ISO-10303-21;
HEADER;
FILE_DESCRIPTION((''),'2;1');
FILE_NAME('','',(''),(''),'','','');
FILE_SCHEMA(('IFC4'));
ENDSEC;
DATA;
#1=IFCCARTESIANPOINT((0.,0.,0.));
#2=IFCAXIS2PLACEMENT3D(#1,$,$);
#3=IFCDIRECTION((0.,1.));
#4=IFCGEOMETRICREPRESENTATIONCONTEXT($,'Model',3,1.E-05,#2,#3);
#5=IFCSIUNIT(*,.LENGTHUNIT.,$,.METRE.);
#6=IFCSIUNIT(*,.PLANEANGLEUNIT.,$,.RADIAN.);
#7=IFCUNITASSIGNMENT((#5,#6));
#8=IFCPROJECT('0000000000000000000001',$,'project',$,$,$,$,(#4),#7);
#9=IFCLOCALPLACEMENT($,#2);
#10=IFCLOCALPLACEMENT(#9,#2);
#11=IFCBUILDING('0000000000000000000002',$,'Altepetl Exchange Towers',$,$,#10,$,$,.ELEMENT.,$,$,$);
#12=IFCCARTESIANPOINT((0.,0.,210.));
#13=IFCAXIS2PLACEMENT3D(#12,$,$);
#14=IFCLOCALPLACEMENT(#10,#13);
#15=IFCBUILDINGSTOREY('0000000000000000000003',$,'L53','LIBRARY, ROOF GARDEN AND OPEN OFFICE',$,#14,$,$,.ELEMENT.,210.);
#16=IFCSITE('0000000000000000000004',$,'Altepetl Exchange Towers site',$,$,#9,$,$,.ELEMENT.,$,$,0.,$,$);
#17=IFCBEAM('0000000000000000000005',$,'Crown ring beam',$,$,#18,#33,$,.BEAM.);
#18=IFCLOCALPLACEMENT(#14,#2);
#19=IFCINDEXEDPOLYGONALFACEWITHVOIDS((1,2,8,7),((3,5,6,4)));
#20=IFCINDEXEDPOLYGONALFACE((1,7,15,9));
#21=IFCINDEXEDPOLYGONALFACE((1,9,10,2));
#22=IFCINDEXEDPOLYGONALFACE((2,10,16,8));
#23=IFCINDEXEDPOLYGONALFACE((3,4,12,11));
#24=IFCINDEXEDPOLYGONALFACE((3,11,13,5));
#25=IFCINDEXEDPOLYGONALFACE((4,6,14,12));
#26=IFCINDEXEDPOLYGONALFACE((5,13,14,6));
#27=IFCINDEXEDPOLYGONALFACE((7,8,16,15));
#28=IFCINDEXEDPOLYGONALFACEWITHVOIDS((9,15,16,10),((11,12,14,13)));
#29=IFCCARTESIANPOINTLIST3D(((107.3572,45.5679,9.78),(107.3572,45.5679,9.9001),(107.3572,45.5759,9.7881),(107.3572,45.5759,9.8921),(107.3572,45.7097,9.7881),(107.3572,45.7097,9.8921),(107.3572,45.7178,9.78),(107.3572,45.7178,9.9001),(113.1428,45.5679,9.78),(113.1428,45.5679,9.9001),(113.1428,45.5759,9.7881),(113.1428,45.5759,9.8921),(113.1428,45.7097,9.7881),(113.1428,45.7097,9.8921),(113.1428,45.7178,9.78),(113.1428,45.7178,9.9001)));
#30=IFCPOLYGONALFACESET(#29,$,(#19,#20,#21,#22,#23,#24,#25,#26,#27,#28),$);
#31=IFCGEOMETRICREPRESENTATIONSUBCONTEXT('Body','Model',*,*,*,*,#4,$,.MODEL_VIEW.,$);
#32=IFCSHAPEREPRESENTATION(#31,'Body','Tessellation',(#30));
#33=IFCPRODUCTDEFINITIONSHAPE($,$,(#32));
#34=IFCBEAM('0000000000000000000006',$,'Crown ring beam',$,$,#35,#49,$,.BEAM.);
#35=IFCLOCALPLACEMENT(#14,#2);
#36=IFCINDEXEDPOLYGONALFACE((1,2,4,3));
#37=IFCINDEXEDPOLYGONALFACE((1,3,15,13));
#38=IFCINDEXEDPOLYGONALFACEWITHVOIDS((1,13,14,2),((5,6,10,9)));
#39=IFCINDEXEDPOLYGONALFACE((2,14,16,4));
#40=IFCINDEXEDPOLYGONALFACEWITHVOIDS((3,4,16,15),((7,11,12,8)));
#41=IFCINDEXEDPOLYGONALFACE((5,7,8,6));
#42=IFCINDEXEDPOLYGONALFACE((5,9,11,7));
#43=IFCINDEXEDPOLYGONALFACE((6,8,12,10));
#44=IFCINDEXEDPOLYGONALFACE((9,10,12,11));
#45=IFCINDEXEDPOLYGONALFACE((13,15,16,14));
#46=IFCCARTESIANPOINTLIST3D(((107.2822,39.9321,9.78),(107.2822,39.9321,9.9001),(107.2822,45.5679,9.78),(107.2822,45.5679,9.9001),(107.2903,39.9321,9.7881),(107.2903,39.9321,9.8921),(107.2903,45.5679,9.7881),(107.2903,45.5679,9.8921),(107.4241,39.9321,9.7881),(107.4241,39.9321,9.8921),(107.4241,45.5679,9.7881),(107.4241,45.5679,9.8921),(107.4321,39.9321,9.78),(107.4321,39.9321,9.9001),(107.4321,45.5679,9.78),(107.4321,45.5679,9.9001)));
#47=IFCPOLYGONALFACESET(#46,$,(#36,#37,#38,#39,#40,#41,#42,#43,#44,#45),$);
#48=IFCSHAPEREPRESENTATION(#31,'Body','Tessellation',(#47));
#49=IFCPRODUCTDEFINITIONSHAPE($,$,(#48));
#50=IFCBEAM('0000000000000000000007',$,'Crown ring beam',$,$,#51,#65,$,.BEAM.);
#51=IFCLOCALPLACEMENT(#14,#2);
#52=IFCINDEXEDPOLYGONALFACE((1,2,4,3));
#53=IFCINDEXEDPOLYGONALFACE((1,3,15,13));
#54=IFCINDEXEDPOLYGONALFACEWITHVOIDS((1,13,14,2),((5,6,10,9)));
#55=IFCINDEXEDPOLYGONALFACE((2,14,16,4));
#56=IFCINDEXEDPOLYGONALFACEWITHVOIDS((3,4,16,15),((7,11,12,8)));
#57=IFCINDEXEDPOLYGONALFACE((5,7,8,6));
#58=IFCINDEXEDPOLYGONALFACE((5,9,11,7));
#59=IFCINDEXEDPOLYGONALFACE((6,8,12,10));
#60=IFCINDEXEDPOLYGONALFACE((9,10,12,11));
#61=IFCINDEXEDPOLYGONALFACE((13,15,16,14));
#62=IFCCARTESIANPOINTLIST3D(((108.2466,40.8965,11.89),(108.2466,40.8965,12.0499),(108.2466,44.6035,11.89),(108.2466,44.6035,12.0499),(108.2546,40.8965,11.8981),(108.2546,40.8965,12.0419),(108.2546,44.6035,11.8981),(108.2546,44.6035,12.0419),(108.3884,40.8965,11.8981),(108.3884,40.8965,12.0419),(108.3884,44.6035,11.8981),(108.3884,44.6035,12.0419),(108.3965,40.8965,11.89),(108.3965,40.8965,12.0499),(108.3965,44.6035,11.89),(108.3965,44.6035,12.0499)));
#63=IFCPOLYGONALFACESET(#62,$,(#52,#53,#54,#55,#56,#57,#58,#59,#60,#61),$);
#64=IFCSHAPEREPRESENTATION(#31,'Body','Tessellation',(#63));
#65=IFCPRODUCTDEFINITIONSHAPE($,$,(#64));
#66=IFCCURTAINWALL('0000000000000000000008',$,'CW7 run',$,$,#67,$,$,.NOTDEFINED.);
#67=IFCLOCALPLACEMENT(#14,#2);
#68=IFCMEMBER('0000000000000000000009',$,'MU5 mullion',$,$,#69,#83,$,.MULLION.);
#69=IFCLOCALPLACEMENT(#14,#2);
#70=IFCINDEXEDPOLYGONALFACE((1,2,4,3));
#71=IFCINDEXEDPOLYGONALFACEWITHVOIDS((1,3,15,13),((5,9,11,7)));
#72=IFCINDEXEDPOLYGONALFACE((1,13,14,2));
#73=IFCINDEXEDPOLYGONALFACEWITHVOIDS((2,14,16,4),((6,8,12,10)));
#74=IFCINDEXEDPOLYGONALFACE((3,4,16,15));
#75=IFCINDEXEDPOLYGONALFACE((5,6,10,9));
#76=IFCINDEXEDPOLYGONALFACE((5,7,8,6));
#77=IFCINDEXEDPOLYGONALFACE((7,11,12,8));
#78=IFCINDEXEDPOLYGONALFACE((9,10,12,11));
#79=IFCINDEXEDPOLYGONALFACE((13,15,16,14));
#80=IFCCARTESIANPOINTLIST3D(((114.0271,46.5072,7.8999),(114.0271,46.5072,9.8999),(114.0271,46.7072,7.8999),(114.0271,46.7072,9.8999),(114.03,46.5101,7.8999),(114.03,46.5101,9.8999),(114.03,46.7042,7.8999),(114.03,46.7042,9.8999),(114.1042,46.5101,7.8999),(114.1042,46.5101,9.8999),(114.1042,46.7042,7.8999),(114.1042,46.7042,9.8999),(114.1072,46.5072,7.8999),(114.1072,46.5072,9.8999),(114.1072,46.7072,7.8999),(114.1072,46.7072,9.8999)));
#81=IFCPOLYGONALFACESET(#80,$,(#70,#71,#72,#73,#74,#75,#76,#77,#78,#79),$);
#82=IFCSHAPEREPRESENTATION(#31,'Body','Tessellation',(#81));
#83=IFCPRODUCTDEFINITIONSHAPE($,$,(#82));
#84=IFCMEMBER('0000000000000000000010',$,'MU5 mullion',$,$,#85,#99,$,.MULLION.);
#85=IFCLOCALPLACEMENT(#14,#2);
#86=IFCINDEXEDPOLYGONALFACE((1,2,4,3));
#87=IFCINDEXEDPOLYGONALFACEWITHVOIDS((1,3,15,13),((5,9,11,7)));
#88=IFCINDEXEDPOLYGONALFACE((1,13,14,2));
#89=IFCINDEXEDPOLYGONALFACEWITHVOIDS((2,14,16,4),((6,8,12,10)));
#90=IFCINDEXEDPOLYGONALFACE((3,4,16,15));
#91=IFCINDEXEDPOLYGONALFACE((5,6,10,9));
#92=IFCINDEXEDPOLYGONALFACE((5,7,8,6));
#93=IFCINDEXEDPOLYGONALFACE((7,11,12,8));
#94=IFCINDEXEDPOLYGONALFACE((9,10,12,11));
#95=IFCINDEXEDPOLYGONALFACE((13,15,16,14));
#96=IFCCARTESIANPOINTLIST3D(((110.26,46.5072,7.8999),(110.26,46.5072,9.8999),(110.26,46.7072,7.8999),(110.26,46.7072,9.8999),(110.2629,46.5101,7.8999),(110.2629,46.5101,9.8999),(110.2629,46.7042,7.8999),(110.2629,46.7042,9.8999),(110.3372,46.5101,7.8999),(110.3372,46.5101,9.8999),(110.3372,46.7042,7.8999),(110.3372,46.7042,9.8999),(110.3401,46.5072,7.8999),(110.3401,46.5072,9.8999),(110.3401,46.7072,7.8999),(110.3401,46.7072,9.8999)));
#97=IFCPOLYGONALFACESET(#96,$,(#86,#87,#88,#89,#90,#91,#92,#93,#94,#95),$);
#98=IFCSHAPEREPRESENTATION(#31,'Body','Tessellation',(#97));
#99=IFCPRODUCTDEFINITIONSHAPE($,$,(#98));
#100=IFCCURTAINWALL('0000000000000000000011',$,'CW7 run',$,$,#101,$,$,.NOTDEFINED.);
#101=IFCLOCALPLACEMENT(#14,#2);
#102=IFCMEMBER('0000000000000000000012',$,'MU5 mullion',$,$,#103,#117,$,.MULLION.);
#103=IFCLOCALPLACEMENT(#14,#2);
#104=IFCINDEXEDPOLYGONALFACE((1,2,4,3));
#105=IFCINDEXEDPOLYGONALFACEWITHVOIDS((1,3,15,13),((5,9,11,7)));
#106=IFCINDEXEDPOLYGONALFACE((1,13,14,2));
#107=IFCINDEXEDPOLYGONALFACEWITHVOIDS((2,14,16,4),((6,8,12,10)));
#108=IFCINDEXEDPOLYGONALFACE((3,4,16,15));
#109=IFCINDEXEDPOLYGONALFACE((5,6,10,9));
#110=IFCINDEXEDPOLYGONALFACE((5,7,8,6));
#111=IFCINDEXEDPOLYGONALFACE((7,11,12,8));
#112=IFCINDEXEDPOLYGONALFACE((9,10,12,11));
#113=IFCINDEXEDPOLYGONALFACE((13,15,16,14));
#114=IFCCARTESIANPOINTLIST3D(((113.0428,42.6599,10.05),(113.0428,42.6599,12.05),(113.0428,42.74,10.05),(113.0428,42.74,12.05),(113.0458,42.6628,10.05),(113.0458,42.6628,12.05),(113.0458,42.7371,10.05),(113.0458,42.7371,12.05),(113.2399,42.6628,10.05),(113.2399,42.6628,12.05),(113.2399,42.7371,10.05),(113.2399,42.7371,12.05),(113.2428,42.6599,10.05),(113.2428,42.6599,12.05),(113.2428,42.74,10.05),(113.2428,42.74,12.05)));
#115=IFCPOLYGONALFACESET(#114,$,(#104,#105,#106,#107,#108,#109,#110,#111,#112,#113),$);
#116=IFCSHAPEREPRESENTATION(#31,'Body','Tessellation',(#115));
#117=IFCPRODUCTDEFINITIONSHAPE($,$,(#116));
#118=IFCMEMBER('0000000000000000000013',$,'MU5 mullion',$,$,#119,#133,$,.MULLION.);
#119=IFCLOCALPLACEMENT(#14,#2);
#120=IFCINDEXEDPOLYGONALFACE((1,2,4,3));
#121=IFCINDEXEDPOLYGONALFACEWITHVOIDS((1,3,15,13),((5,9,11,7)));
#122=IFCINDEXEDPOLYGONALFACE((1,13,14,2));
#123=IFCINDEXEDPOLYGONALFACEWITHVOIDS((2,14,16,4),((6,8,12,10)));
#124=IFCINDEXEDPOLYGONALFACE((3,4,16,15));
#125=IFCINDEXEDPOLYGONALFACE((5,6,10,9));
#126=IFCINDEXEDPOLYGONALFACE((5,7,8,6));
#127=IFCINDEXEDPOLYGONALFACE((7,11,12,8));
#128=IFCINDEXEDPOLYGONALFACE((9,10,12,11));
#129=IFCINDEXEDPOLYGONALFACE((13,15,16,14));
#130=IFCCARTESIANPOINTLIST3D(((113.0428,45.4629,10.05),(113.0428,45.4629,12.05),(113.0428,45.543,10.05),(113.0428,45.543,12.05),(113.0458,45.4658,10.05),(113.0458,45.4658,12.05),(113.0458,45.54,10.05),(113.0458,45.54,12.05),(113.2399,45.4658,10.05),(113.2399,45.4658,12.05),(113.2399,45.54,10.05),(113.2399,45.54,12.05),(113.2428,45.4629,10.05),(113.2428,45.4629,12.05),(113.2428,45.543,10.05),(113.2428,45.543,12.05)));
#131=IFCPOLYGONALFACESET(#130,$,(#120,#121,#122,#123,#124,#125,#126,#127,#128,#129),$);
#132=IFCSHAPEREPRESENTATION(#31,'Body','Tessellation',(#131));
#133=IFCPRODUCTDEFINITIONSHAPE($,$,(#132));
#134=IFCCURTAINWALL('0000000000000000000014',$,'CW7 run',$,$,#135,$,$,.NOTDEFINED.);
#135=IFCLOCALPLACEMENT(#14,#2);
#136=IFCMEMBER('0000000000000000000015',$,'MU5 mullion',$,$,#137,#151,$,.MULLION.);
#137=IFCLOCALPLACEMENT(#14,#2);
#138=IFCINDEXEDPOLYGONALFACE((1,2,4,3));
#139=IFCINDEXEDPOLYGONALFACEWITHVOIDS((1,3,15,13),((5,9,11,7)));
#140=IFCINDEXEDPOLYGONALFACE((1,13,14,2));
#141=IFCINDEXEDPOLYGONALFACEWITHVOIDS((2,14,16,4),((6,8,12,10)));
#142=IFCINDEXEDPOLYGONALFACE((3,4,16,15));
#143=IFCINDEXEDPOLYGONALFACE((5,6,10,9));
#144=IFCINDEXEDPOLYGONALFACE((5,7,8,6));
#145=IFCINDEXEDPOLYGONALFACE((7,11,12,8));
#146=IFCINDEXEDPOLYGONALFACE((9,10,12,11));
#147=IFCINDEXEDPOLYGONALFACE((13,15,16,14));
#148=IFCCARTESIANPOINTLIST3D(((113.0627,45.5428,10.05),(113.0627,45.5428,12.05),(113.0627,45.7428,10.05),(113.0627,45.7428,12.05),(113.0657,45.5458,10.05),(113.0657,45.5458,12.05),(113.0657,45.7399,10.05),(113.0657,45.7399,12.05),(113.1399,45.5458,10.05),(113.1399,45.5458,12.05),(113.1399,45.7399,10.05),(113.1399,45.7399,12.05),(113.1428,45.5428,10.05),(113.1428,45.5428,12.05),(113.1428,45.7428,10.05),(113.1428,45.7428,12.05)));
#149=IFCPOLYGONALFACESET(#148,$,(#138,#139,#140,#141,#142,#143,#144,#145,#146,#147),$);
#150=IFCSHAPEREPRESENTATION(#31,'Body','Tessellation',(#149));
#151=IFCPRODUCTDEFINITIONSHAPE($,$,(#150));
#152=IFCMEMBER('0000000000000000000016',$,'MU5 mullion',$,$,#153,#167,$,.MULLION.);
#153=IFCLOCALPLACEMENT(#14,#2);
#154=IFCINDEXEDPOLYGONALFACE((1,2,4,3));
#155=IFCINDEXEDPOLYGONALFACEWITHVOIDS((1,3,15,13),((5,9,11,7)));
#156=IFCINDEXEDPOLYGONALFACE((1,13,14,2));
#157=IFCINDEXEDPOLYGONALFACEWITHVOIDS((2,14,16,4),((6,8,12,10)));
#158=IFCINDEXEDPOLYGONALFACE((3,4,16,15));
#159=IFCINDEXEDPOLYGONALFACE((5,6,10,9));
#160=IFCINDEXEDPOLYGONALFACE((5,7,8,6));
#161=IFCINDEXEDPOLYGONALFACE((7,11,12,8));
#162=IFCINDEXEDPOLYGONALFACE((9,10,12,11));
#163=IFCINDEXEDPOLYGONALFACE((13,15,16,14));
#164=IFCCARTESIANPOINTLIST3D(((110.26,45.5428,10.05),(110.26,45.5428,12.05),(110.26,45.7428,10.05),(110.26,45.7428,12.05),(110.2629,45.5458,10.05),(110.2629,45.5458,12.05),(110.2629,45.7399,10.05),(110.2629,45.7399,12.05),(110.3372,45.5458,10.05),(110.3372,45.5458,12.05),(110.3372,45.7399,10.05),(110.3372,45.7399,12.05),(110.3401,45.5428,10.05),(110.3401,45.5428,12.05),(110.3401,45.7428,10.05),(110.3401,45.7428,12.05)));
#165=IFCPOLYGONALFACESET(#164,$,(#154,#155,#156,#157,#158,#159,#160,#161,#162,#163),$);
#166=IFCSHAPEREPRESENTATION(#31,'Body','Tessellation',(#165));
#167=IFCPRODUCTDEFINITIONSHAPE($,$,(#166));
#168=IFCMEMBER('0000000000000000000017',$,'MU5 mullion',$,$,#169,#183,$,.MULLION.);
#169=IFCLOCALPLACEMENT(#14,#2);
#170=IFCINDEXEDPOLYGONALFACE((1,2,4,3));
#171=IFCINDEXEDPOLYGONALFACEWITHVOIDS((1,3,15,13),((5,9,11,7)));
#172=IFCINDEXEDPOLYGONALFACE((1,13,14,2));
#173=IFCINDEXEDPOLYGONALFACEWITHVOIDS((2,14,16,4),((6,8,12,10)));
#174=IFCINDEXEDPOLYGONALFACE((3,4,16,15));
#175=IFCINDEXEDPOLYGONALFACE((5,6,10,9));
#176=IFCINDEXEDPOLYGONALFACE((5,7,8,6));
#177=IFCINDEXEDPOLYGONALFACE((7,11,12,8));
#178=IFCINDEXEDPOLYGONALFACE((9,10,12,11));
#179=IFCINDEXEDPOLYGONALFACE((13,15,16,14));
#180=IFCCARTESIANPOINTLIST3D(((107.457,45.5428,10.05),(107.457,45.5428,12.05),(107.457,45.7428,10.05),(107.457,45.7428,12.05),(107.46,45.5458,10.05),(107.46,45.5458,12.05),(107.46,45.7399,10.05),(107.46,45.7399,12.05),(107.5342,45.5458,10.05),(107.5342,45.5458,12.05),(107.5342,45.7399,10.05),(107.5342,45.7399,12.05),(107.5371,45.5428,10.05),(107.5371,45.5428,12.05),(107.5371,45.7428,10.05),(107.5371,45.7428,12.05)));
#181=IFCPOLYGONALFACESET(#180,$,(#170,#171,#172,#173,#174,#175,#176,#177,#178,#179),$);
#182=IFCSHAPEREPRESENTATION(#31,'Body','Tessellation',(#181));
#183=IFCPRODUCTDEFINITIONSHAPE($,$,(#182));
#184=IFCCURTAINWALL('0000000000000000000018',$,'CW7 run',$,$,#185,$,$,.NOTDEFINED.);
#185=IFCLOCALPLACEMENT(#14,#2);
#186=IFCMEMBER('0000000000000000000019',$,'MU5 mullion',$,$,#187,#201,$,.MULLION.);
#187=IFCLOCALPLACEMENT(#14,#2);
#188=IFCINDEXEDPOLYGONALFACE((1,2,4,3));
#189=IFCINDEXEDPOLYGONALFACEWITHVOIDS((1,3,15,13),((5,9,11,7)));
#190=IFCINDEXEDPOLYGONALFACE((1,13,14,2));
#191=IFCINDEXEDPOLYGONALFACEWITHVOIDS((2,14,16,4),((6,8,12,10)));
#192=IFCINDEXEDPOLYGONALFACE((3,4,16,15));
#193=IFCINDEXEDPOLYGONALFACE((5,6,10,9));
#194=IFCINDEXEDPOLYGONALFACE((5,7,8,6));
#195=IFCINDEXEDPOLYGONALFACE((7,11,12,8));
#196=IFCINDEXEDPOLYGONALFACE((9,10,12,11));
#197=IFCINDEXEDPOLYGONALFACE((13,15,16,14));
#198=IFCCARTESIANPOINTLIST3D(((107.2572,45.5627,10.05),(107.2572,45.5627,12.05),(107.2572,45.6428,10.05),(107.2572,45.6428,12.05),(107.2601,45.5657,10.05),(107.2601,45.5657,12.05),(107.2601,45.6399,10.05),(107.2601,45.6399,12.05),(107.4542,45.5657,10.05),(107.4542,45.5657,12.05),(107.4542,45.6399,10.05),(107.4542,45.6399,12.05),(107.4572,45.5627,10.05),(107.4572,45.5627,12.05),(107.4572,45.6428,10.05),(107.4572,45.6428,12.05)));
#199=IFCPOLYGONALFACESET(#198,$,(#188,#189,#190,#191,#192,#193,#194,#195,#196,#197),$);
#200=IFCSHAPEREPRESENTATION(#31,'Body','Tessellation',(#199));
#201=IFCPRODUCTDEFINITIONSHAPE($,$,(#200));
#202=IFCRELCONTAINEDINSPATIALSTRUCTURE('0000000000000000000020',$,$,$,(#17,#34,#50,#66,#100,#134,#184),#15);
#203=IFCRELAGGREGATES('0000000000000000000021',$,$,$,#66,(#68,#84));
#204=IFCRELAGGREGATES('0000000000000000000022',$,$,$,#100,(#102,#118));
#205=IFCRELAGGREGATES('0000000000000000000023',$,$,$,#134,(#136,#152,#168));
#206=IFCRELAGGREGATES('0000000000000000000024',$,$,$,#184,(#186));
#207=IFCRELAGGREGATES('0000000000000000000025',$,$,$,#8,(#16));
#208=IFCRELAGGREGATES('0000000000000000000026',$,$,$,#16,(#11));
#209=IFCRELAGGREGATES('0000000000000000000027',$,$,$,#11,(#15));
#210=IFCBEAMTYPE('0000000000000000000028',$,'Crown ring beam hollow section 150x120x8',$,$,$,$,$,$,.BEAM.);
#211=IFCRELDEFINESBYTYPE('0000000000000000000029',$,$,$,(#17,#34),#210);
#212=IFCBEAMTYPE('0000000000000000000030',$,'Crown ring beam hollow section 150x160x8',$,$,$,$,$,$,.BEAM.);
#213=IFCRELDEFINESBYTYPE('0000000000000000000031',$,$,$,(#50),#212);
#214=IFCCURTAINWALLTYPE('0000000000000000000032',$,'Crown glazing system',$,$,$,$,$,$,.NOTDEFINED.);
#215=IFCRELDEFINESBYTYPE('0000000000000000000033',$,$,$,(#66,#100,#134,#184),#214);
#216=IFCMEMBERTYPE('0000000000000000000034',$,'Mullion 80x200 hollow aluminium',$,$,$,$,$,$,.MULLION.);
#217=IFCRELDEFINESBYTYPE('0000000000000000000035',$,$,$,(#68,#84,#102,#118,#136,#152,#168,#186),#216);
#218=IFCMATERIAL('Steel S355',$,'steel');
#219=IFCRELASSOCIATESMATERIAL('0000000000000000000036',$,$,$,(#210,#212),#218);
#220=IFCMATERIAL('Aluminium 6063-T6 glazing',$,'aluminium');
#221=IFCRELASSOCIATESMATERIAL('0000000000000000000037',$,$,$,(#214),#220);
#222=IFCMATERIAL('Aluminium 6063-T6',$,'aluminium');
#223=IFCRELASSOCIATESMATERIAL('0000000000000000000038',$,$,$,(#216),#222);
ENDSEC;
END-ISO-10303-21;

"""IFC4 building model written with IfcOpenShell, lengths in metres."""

from ifc_helpers import new_model, si_unit, direction, frame, origin, origin_2d, place, context, subcontext, project, spatial, hollow_rectangle, extrude, material, material_profile, profile_set, type_object, element, aggregate, save


model = new_model("IFC4")

# Units and contexts
model_context = context("Model", 3, precision=1e-05, world=origin(), true_north=direction((0.0, 1.0)))
body_context = subcontext(model_context, "Body", "Model", "MODEL_VIEW")
ifc_project = project(units=[si_unit("LENGTHUNIT", "METRE"), si_unit("PLANEANGLEUNIT", "RADIAN")], contexts=[model_context])

# Site, building, storey
site_placement = place(None, origin())
site = spatial("IfcSite", under=ifc_project, at=site_placement, Name="Altepetl Exchange Towers site", CompositionType="ELEMENT", RefElevation=0.0)
building_placement = place(site_placement, origin())
building = spatial("IfcBuilding", under=site, at=building_placement, Name="Altepetl Exchange Towers", CompositionType="ELEMENT")
storey_placement = place(building_placement, frame((0.0, 0.0, 210.0)))
storey = spatial("IfcBuildingStorey", under=building, at=storey_placement, Name="L53", Description="LIBRARY, ROOF GARDEN AND OPEN OFFICE", CompositionType="ELEMENT", Elevation=210.0)

# Beams
ifc_material_1 = material(Name="Steel S355", Category="steel")
ifc_material_profile_1 = material_profile(ifc_material_1, hollow_rectangle(XDim=0.1499, YDim=0.1201, WallThickness=0.0081, at=origin_2d()), Name="RHS 120x150x8")
ifc_profile_set_1 = profile_set([ifc_material_profile_1], Name="Steel S355")
beam_type_1 = type_object("IfcBeamType", Name="Crown ring beam hollow section 150x120x8", PredefinedType="BEAM", material=ifc_profile_set_1)
beam_1_placement = place(storey_placement, frame((113.1428, 45.6428, 9.8401), z_axis=(-1.0, 0.0, 0.0), x_axis=(0.0, -1.0, 0.0)))
element("IfcBeam", 1, at=beam_1_placement, inside=storey, type_object=beam_type_1, Name="Crown ring beam", PredefinedType="BEAM", context=body_context, shape_type="SweptSolid", body=[
    extrude(hollow_rectangle(XDim=0.1499, YDim=0.1201, WallThickness=0.0081, at=origin_2d()), origin(), (0.0, 0.0, 1.0), 5.7856),
])
beam_2_placement = place(storey_placement, frame((107.3572, 45.5679, 9.8401), z_axis=(0.0, -1.0, 0.0), x_axis=(1.0, 0.0, 0.0)))
element("IfcBeam", 2, at=beam_2_placement, inside=storey, type_object=beam_type_1, Name="Crown ring beam", PredefinedType="BEAM", context=body_context, shape_type="SweptSolid", body=[
    extrude(hollow_rectangle(XDim=0.1499, YDim=0.1201, WallThickness=0.0081, at=origin_2d()), origin(), (0.0, 0.0, 1.0), 5.6357),
])
ifc_material_profile_2 = material_profile(ifc_material_1, hollow_rectangle(XDim=0.1499, YDim=0.1599, WallThickness=0.0081, at=origin_2d()), Name="RHS 160x150x8")
ifc_profile_set_2 = profile_set([ifc_material_profile_2], Name="Steel S355")
beam_type_2 = type_object("IfcBeamType", Name="Crown ring beam hollow section 150x160x8", PredefinedType="BEAM", material=ifc_profile_set_2)
beam_3_placement = place(storey_placement, frame((108.3215, 44.6035, 11.97), z_axis=(0.0, -1.0, 0.0), x_axis=(1.0, 0.0, 0.0)))
element("IfcBeam", 3, at=beam_3_placement, inside=storey, type_object=beam_type_2, Name="Crown ring beam", PredefinedType="BEAM", context=body_context, shape_type="SweptSolid", body=[
    extrude(hollow_rectangle(XDim=0.1499, YDim=0.1599, WallThickness=0.0081, at=origin_2d()), origin(), (0.0, 0.0, 1.0), 3.707),
])

# Curtain walls, members
ifc_material_2 = material(Name="Aluminium 6063-T6 glazing", Category="aluminium")
curtain_wall_type = type_object("IfcCurtainWallType", Name="Crown glazing system", PredefinedType="NOTDEFINED", material=ifc_material_2)
curtain_wall_1_placement = place(storey_placement, origin())
curtain_wall_1 = element("IfcCurtainWall", 4, at=curtain_wall_1_placement, inside=storey, type_object=curtain_wall_type, Name="CW7 run", PredefinedType="NOTDEFINED")
ifc_material_3 = material(Name="Aluminium 6063-T6", Category="aluminium")
ifc_material_profile_3 = material_profile(ifc_material_3, hollow_rectangle(XDim=0.0801, YDim=0.2, WallThickness=0.0029, at=origin_2d()), Name="Mullion 80x200 hollow aluminium")
ifc_profile_set_3 = profile_set([ifc_material_profile_3], Name="Aluminium 6063-T6")
member_type = type_object("IfcMemberType", Name="Mullion 80x200 hollow aluminium", PredefinedType="MULLION", material=ifc_profile_set_3)
member_1_placement = place(storey_placement, frame((114.0671, 46.6072, 7.8999), z_axis=(0.0, 0.0, 1.0), x_axis=(-1.0, 0.0, 0.0)))
member_1 = element("IfcMember", 5, at=member_1_placement, type_object=member_type, Name="MU5 mullion", PredefinedType="MULLION", context=body_context, shape_type="SweptSolid", body=[
    extrude(hollow_rectangle(XDim=0.0801, YDim=0.2, WallThickness=0.0029, at=origin_2d()), origin(), (0.0, 0.0, 1.0), 2.0),
])
member_2_placement = place(storey_placement, frame((110.3, 46.6072, 7.8999), z_axis=(0.0, 0.0, 1.0), x_axis=(-1.0, 0.0, 0.0)))
member_2 = element("IfcMember", 6, at=member_2_placement, type_object=member_type, Name="MU5 mullion", PredefinedType="MULLION", context=body_context, shape_type="SweptSolid", body=[
    extrude(hollow_rectangle(XDim=0.0801, YDim=0.2, WallThickness=0.0029, at=origin_2d()), origin(), (0.0, 0.0, 1.0), 2.0),
])
curtain_wall_2_placement = place(storey_placement, origin())
curtain_wall_2 = element("IfcCurtainWall", 7, at=curtain_wall_2_placement, inside=storey, type_object=curtain_wall_type, Name="CW7 run", PredefinedType="NOTDEFINED")
member_3_placement = place(storey_placement, frame((113.1428, 42.7, 10.05), z_axis=(0.0, 0.0, 1.0), x_axis=(0.0, 1.0, 0.0)))
member_3 = element("IfcMember", 8, at=member_3_placement, type_object=member_type, Name="MU5 mullion", PredefinedType="MULLION", context=body_context, shape_type="SweptSolid", body=[
    extrude(hollow_rectangle(XDim=0.0801, YDim=0.2, WallThickness=0.0029, at=origin_2d()), origin(), (0.0, 0.0, 1.0), 2.0),
])
member_4_placement = place(storey_placement, frame((113.1428, 45.5029, 10.05), z_axis=(0.0, 0.0, 1.0), x_axis=(0.0, 1.0, 0.0)))
member_4 = element("IfcMember", 9, at=member_4_placement, type_object=member_type, Name="MU5 mullion", PredefinedType="MULLION", context=body_context, shape_type="SweptSolid", body=[
    extrude(hollow_rectangle(XDim=0.0801, YDim=0.2, WallThickness=0.0029, at=origin_2d()), origin(), (0.0, 0.0, 1.0), 2.0),
])
curtain_wall_3_placement = place(storey_placement, origin())
curtain_wall_3 = element("IfcCurtainWall", 10, at=curtain_wall_3_placement, inside=storey, type_object=curtain_wall_type, Name="CW7 run", PredefinedType="NOTDEFINED")
member_5_placement = place(storey_placement, frame((113.1028, 45.6428, 10.05), z_axis=(0.0, 0.0, 1.0), x_axis=(-1.0, 0.0, 0.0)))
member_5 = element("IfcMember", 11, at=member_5_placement, type_object=member_type, Name="MU5 mullion", PredefinedType="MULLION", context=body_context, shape_type="SweptSolid", body=[
    extrude(hollow_rectangle(XDim=0.0801, YDim=0.2, WallThickness=0.0029, at=origin_2d()), origin(), (0.0, 0.0, 1.0), 2.0),
])
member_6_placement = place(storey_placement, frame((110.3, 45.6428, 10.05), z_axis=(0.0, 0.0, 1.0), x_axis=(-1.0, 0.0, 0.0)))
member_6 = element("IfcMember", 12, at=member_6_placement, type_object=member_type, Name="MU5 mullion", PredefinedType="MULLION", context=body_context, shape_type="SweptSolid", body=[
    extrude(hollow_rectangle(XDim=0.0801, YDim=0.2, WallThickness=0.0029, at=origin_2d()), origin(), (0.0, 0.0, 1.0), 2.0),
])
member_7_placement = place(storey_placement, frame((107.4971, 45.6428, 10.05), z_axis=(0.0, 0.0, 1.0), x_axis=(-1.0, 0.0, 0.0)))
member_7 = element("IfcMember", 13, at=member_7_placement, type_object=member_type, Name="MU5 mullion", PredefinedType="MULLION", context=body_context, shape_type="SweptSolid", body=[
    extrude(hollow_rectangle(XDim=0.0801, YDim=0.2, WallThickness=0.0029, at=origin_2d()), origin(), (0.0, 0.0, 1.0), 2.0),
])
curtain_wall_4_placement = place(storey_placement, origin())
curtain_wall_4 = element("IfcCurtainWall", 14, at=curtain_wall_4_placement, inside=storey, type_object=curtain_wall_type, Name="CW7 run", PredefinedType="NOTDEFINED")
member_8_placement = place(storey_placement, frame((107.3572, 45.6028, 10.05), z_axis=(0.0, 0.0, 1.0), x_axis=(0.0, -1.0, 0.0)))
member_8 = element("IfcMember", 15, at=member_8_placement, type_object=member_type, Name="MU5 mullion", PredefinedType="MULLION", context=body_context, shape_type="SweptSolid", body=[
    extrude(hollow_rectangle(XDim=0.0801, YDim=0.2, WallThickness=0.0029, at=origin_2d()), origin(), (0.0, 0.0, 1.0), 2.0),
])

aggregate(curtain_wall_1, [member_1, member_2])
aggregate(curtain_wall_2, [member_3, member_4])
aggregate(curtain_wall_3, [member_5, member_6, member_7])
aggregate(curtain_wall_4, [member_8])

save(model, "model.ifc")
